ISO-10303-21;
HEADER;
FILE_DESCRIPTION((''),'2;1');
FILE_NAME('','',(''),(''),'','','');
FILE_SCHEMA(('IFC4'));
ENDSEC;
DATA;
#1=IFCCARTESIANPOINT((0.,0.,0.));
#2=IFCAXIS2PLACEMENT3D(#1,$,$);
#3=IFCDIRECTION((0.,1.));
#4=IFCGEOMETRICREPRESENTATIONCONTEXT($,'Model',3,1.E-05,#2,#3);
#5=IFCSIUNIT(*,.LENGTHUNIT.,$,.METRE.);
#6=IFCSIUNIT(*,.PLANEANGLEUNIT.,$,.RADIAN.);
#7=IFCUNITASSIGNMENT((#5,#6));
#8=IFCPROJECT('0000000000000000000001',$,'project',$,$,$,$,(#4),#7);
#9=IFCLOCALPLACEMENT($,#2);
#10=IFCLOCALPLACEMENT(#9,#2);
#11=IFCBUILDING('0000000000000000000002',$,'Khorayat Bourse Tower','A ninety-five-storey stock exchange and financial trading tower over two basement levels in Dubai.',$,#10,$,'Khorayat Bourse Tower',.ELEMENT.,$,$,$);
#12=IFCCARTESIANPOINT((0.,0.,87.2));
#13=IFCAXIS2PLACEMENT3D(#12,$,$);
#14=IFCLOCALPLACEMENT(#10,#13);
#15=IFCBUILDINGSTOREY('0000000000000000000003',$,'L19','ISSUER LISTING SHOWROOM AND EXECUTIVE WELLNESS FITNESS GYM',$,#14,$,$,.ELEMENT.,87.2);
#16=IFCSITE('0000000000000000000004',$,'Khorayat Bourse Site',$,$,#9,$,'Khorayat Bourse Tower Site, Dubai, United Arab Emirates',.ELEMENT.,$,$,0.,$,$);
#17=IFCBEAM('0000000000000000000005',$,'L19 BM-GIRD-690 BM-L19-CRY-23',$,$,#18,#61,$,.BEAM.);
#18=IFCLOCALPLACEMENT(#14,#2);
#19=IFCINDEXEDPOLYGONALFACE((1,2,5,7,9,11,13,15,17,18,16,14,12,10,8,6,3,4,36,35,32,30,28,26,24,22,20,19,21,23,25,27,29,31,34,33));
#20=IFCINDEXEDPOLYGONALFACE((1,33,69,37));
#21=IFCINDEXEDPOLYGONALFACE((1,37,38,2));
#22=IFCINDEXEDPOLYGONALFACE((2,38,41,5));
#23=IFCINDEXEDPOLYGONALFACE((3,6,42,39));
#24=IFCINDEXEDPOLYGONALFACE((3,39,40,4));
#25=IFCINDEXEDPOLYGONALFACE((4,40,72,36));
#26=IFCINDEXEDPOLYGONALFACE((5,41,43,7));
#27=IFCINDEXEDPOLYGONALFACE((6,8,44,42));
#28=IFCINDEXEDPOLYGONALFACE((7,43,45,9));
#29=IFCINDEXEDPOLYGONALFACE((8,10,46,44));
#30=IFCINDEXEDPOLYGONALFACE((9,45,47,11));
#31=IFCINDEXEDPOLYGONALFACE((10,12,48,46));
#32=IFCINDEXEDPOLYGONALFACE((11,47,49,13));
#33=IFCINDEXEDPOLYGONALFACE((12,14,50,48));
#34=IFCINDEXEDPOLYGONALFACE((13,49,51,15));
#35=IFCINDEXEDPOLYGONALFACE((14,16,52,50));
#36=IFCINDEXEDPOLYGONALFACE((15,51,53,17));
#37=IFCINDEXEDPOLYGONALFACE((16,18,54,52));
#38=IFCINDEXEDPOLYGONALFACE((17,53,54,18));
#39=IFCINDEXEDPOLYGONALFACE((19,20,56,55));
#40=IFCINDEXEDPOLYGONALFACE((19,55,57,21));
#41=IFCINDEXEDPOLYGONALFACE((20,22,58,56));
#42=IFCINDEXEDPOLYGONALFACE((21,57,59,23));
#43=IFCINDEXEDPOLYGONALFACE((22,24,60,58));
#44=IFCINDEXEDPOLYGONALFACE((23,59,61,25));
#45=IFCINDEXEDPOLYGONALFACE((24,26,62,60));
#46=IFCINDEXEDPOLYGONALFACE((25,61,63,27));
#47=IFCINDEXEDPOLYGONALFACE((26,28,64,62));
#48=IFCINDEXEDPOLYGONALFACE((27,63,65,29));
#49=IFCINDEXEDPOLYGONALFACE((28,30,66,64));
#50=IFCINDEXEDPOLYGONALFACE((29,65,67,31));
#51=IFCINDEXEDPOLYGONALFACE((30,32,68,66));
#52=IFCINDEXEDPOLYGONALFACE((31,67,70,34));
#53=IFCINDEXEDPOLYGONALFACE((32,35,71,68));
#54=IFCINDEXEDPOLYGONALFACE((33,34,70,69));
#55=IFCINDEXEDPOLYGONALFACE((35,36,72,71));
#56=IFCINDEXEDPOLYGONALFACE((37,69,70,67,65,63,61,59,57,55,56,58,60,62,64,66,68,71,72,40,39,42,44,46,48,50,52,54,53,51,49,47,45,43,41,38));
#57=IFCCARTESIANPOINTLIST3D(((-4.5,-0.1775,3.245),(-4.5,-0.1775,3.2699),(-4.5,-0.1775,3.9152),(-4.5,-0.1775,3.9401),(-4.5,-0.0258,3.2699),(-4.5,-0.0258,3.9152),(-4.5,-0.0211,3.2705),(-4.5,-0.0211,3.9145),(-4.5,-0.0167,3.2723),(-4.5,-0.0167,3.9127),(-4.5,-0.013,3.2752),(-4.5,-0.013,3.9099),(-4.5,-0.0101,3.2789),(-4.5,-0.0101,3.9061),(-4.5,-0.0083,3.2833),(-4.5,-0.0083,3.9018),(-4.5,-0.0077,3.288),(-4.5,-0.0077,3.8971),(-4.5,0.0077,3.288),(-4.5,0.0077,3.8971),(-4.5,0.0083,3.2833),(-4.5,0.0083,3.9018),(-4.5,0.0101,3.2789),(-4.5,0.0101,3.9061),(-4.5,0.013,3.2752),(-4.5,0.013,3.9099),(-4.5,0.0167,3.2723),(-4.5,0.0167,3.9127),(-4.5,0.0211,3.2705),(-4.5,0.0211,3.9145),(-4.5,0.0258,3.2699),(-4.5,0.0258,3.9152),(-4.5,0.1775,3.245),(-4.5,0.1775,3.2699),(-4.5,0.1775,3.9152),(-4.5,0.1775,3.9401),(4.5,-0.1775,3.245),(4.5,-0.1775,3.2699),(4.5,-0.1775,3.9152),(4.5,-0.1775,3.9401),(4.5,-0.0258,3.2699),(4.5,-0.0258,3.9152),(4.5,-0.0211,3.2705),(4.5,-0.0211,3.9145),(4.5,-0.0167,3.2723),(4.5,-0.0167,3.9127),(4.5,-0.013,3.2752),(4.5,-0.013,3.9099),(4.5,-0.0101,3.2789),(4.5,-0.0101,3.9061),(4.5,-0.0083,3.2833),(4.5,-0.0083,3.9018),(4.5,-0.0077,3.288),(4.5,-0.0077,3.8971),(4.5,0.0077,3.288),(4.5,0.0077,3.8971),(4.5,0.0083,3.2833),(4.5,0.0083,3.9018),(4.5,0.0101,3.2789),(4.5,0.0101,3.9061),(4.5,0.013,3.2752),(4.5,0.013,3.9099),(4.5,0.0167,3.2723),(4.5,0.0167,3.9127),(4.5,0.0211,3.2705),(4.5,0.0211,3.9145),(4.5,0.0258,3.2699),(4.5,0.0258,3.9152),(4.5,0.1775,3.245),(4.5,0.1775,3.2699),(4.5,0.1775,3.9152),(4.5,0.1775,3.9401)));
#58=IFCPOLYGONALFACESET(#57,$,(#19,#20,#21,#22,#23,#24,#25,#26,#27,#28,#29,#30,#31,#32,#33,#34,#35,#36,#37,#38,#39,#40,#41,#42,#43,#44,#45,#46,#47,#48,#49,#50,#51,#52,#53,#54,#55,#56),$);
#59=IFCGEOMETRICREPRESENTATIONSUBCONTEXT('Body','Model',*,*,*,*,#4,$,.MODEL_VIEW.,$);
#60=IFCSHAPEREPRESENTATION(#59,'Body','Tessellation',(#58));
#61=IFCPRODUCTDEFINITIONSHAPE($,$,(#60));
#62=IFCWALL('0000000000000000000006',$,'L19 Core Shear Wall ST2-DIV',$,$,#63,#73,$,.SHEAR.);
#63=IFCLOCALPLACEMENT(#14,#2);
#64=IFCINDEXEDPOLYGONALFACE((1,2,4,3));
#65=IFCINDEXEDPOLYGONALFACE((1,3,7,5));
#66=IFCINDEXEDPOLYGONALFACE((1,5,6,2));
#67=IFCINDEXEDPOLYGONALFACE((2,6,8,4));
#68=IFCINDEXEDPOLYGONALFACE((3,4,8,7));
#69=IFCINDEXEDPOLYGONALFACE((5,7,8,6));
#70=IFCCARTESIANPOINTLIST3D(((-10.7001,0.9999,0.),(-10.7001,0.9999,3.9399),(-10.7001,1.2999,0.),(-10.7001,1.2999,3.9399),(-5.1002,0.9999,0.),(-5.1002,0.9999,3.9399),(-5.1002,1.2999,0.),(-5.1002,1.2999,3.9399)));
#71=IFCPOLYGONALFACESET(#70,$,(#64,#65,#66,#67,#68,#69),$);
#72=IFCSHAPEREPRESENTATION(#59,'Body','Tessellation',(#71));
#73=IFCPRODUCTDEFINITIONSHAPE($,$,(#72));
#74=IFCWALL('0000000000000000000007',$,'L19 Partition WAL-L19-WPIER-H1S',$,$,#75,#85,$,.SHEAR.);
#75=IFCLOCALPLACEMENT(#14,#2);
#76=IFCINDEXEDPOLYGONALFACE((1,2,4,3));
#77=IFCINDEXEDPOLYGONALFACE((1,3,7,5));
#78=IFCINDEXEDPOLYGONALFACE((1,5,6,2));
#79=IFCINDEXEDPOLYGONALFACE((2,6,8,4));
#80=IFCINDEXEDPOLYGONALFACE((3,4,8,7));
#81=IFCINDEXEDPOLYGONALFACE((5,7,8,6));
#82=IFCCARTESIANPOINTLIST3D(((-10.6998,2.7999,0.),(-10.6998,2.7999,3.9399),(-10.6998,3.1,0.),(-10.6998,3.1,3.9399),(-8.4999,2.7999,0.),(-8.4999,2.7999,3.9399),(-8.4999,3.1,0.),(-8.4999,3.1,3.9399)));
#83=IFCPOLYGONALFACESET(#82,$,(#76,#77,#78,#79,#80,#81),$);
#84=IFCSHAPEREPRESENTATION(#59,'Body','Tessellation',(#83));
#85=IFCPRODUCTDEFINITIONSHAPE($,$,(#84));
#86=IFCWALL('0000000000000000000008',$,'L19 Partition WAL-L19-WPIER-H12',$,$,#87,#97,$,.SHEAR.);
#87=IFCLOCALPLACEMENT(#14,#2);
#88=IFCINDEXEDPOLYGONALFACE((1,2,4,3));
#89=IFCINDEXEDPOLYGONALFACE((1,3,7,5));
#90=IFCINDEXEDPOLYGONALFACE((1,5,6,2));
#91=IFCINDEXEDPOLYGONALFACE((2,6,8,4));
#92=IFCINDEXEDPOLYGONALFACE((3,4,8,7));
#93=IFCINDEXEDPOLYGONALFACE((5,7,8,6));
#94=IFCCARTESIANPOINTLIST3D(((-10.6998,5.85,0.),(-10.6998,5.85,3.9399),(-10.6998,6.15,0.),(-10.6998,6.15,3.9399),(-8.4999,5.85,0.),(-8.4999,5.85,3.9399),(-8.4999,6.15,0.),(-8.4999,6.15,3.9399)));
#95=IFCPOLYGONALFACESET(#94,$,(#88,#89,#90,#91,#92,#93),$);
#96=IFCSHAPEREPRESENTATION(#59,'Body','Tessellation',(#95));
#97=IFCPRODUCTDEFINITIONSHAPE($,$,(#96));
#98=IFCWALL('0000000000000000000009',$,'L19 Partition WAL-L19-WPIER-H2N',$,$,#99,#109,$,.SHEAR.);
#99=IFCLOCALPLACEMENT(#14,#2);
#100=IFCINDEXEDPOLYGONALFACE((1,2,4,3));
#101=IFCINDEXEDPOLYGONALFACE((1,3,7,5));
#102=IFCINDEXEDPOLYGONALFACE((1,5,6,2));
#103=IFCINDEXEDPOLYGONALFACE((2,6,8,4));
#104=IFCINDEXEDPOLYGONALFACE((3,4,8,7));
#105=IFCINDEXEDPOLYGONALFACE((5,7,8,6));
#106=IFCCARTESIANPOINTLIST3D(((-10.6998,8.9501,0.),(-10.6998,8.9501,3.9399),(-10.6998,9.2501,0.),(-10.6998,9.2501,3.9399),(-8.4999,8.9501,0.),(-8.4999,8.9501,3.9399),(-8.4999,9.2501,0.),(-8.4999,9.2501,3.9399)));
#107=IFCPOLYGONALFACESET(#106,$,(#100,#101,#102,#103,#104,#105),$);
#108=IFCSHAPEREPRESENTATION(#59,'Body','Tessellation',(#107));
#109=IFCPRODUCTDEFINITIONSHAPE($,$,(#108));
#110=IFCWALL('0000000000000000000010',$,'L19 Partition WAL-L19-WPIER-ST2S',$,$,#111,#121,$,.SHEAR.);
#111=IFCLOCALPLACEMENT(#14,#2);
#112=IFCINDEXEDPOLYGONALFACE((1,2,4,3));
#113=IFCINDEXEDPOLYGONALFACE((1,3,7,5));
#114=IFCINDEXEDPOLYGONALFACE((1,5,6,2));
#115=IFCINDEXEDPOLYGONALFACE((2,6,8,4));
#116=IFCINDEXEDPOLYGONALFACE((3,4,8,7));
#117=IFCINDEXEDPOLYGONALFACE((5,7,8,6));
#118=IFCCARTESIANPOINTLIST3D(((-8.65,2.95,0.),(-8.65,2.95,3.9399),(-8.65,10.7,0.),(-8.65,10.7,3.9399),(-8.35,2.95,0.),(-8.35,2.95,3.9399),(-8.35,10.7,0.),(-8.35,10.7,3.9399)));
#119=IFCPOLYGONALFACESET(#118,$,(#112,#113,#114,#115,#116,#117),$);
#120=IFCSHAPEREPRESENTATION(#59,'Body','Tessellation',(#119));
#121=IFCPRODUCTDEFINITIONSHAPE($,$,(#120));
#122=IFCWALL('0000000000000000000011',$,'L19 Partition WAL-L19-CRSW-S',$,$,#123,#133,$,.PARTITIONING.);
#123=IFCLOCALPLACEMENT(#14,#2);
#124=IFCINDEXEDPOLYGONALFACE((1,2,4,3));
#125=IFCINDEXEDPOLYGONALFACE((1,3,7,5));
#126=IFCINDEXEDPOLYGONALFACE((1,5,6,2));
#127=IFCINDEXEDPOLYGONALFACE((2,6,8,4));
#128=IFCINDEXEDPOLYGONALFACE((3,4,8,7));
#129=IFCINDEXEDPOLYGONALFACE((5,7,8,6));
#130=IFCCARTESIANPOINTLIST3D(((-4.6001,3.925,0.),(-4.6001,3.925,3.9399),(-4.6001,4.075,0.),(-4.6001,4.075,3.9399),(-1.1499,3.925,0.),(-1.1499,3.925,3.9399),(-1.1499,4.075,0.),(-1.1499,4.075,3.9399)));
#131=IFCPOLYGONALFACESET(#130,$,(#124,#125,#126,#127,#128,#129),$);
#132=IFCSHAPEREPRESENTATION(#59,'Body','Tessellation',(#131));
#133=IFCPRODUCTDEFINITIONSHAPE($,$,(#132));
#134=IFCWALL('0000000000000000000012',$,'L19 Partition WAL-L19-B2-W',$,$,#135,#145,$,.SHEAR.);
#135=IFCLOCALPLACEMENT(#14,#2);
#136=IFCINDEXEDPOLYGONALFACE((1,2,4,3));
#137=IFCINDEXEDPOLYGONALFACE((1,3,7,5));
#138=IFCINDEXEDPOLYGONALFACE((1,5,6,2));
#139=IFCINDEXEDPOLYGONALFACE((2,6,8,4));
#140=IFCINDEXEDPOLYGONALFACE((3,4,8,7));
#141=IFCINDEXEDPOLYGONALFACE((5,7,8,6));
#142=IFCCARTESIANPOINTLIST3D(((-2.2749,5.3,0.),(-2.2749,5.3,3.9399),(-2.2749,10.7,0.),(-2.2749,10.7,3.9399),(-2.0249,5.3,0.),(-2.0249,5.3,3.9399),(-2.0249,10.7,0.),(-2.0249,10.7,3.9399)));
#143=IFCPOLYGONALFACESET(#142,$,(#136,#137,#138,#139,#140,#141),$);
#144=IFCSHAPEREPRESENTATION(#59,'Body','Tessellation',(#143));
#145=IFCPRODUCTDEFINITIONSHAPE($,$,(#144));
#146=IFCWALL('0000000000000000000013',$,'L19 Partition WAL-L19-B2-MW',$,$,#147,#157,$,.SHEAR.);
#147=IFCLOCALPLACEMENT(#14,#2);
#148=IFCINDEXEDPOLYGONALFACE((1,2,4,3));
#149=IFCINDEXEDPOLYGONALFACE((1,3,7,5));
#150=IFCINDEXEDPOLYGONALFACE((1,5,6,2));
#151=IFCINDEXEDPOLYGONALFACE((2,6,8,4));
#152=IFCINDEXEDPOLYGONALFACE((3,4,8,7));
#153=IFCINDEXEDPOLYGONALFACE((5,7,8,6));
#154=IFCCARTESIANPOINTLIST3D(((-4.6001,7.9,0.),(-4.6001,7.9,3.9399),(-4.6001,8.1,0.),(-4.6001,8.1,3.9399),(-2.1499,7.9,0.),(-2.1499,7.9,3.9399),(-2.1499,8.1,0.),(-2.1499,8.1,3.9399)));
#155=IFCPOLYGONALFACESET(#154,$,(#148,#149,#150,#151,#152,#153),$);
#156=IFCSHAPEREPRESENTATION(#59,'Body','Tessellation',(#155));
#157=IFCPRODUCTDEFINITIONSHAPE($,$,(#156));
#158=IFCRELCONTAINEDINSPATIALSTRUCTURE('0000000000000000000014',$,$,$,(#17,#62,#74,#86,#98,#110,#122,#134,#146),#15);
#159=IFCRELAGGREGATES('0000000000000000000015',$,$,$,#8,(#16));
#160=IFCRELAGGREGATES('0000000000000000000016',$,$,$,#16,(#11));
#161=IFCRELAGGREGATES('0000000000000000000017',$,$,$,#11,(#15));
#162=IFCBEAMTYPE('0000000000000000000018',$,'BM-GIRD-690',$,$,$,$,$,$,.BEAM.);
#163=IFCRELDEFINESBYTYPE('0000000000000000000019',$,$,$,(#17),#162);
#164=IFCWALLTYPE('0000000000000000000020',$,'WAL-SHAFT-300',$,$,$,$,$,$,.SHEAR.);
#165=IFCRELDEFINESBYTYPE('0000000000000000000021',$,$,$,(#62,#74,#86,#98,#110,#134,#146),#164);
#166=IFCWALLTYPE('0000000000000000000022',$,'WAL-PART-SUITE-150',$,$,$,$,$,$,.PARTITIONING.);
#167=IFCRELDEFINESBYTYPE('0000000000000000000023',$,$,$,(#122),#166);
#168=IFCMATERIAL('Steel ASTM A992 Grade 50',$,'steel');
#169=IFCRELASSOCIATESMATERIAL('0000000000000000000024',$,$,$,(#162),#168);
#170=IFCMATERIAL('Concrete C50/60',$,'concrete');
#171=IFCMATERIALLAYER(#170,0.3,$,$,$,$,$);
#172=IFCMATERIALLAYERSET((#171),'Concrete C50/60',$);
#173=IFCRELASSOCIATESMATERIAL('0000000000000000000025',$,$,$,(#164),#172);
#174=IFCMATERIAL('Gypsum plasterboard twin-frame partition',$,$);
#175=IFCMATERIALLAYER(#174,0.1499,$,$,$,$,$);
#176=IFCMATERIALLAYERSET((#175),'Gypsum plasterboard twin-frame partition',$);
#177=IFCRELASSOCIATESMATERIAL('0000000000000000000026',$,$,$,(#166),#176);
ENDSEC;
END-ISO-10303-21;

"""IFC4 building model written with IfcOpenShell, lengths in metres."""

from ifc_helpers import new_model, si_unit, direction, frame, frame_2d, origin, origin_2d, place, context, subcontext, project, spatial, rectangle, i_section, extrude, source, transform, mapped, material, layer, layer_set, material_profile, profile_set, type_object, element, save


model = new_model("IFC4")

# Units and contexts
model_context = context("Model", 3, precision=1e-05, world=origin(), true_north=direction((0.0, 1.0)))
body_context = subcontext(model_context, "Body", "Model", "MODEL_VIEW")
ifc_project = project(units=[si_unit("LENGTHUNIT", "METRE"), si_unit("PLANEANGLEUNIT", "RADIAN")], contexts=[model_context])

# Site, building, storey
site_placement = place(None, origin())
site = spatial("IfcSite", under=ifc_project, at=site_placement, Name="Khorayat Bourse Site", LongName="Khorayat Bourse Tower Site, Dubai, United Arab Emirates", CompositionType="ELEMENT", RefElevation=0.0)
building_placement = place(site_placement, origin())
building = spatial("IfcBuilding", under=site, at=building_placement, Name="Khorayat Bourse Tower", Description="A ninety-five-storey stock exchange and financial trading tower over two basement levels in Dubai.", LongName="Khorayat Bourse Tower", CompositionType="ELEMENT")
storey_placement = place(building_placement, frame((0.0, 0.0, 87.2)))
storey = spatial("IfcBuildingStorey", under=building, at=storey_placement, Name="L19", Description="ISSUER LISTING SHOWROOM AND EXECUTIVE WELLNESS FITNESS GYM", CompositionType="ELEMENT", Elevation=87.2)

# Beam
ifc_material_1 = material(Name="Steel ASTM A992 Grade 50", Category="steel")
ifc_material_profile_1 = material_profile(ifc_material_1, i_section(OverallWidth=0.355, OverallDepth=0.6951, WebThickness=0.0154, FlangeThickness=0.0249, FilletRadius=0.0181, at=origin_2d()), Name="W690X217")
ifc_profile_set_1 = profile_set([ifc_material_profile_1], Name="Steel ASTM A992 Grade 50")
beam_type = type_object("IfcBeamType", Name="BM-GIRD-690", PredefinedType="BEAM", material=ifc_profile_set_1)
shared_shape_1 = source(origin(), body_context, "Body", "SweptSolid", [
    extrude(i_section(OverallWidth=0.355, OverallDepth=0.6951, WebThickness=0.0154, FlangeThickness=0.0249, FilletRadius=0.0181, at=origin_2d()), origin(), (0.0, 0.0, 1.0), 9.0),
])
beam_1_placement = place(storey_placement, frame((-4.5, 0.0, 3.5925), z_axis=(1.0, 0.0, 0.0), x_axis=(0.0, 1.0, 0.0)))
element("IfcBeam", 1, at=beam_1_placement, inside=storey, type_object=beam_type, Name="L19 BM-GIRD-690 BM-L19-CRY-23", PredefinedType="BEAM", context=body_context, shape_type="MappedRepresentation", body=[
    mapped(shared_shape_1, transform((0.0, 0.0, 0.0), scale=1.0)),
])

# Walls
ifc_material_2 = material(Name="Concrete C50/60", Category="concrete")
ifc_layer_1 = layer(ifc_material_2, 0.3)
ifc_layer_set_1 = layer_set([ifc_layer_1], Name="Concrete C50/60")
wall_type_1 = type_object("IfcWallType", Name="WAL-SHAFT-300", PredefinedType="SHEAR", material=ifc_layer_set_1)
shared_shape_2 = source(origin(), body_context, "Body", "SweptSolid", [
    extrude(rectangle(XDim=5.5999, YDim=0.3, at=frame_2d((2.7998, 0.0))), origin(), (0.0, 0.0, 1.0), 3.9399),
])
wall_1_placement = place(storey_placement, frame((-10.7, 1.1499, 0.0), z_axis=(0.0, 0.0, 1.0), x_axis=(1.0, 0.0, 0.0)))
element("IfcWall", 2, at=wall_1_placement, inside=storey, type_object=wall_type_1, Name="L19 Core Shear Wall ST2-DIV", PredefinedType="SHEAR", context=body_context, shape_type="MappedRepresentation", body=[
    mapped(shared_shape_2, transform((0.0, 0.0, 0.0), scale=1.0)),
])
shared_shape_3 = source(origin(), body_context, "Body", "SweptSolid", [
    extrude(rectangle(XDim=2.2, YDim=0.3, at=frame_2d((1.1001, 0.0))), origin(), (0.0, 0.0, 1.0), 3.9399),
])
for number, where, z_axis, x_axis, name in (
    (3, (-10.7, 2.95, 0.0), (0.0, 0.0, 1.0), (1.0, 0.0, 0.0), "L19 Partition WAL-L19-WPIER-H1S"),
    (4, (-10.7, 6.0, 0.0), (0.0, 0.0, 1.0), (1.0, 0.0, 0.0), "L19 Partition WAL-L19-WPIER-H12"),
    (5, (-10.7, 9.1001, 0.0), (0.0, 0.0, 1.0), (1.0, 0.0, 0.0), "L19 Partition WAL-L19-WPIER-H2N"),
):
    element("IfcWall", number, at=place(storey_placement, frame(where, z_axis=z_axis, x_axis=x_axis)), inside=storey, type_object=wall_type_1, Name=name, PredefinedType="SHEAR", context=body_context, shape_type="MappedRepresentation", body=[
        mapped(shared_shape_3, transform((0.0, 0.0, 0.0), scale=1.0)),
    ])
shared_shape_4 = source(origin(), body_context, "Body", "SweptSolid", [
    extrude(rectangle(XDim=7.75, YDim=0.3, at=frame_2d((3.875, 0.0))), origin(), (0.0, 0.0, 1.0), 3.9399),
])
wall_2_placement = place(storey_placement, frame((-8.5, 2.95, 0.0), z_axis=(0.0, 0.0, 1.0), x_axis=(0.0, 1.0, 0.0)))
element("IfcWall", 6, at=wall_2_placement, inside=storey, type_object=wall_type_1, Name="L19 Partition WAL-L19-WPIER-ST2S", PredefinedType="SHEAR", context=body_context, shape_type="MappedRepresentation", body=[
    mapped(shared_shape_4, transform((0.0, 0.0, 0.0), scale=1.0)),
])
ifc_material_3 = material(Name="Gypsum plasterboard twin-frame partition")
ifc_layer_2 = layer(ifc_material_3, 0.1499)
ifc_layer_set_2 = layer_set([ifc_layer_2], Name="Gypsum plasterboard twin-frame partition")
wall_type_2 = type_object("IfcWallType", Name="WAL-PART-SUITE-150", PredefinedType="PARTITIONING", material=ifc_layer_set_2)
shared_shape_5 = source(origin(), body_context, "Body", "SweptSolid", [
    extrude(rectangle(XDim=3.4502, YDim=0.1499, at=frame_2d((1.7251, 0.0))), origin(), (0.0, 0.0, 1.0), 3.9399),
])
wall_3_placement = place(storey_placement, frame((-4.6001, 4.0, 0.0), z_axis=(0.0, 0.0, 1.0), x_axis=(1.0, 0.0, 0.0)))
element("IfcWall", 7, at=wall_3_placement, inside=storey, type_object=wall_type_2, Name="L19 Partition WAL-L19-CRSW-S", PredefinedType="PARTITIONING", context=body_context, shape_type="MappedRepresentation", body=[
    mapped(shared_shape_5, transform((0.0, 0.0, 0.0), scale=1.0)),
])
shared_shape_6 = source(origin(), body_context, "Body", "SweptSolid", [
    extrude(rectangle(XDim=5.3999, YDim=0.25, at=frame_2d((2.7, 0.0))), origin(), (0.0, 0.0, 1.0), 3.9399),
])
wall_4_placement = place(storey_placement, frame((-2.1499, 5.3, 0.0), z_axis=(0.0, 0.0, 1.0), x_axis=(0.0, 1.0, 0.0)))
element("IfcWall", 8, at=wall_4_placement, inside=storey, type_object=wall_type_1, Name="L19 Partition WAL-L19-B2-W", PredefinedType="SHEAR", context=body_context, shape_type="MappedRepresentation", body=[
    mapped(shared_shape_6, transform((0.0, 0.0, 0.0), scale=1.0)),
])
shared_shape_7 = source(origin(), body_context, "Body", "SweptSolid", [
    extrude(rectangle(XDim=2.4502, YDim=0.2, at=frame_2d((1.2251, 0.0))), origin(), (0.0, 0.0, 1.0), 3.9399),
])
wall_5_placement = place(storey_placement, frame((-4.6001, 8.0, 0.0), z_axis=(0.0, 0.0, 1.0), x_axis=(1.0, 0.0, 0.0)))
element("IfcWall", 9, at=wall_5_placement, inside=storey, type_object=wall_type_1, Name="L19 Partition WAL-L19-B2-MW", PredefinedType="SHEAR", context=body_context, shape_type="MappedRepresentation", body=[
    mapped(shared_shape_7, transform((0.0, 0.0, 0.0), scale=1.0)),
])

save(model, "model.ifc")
